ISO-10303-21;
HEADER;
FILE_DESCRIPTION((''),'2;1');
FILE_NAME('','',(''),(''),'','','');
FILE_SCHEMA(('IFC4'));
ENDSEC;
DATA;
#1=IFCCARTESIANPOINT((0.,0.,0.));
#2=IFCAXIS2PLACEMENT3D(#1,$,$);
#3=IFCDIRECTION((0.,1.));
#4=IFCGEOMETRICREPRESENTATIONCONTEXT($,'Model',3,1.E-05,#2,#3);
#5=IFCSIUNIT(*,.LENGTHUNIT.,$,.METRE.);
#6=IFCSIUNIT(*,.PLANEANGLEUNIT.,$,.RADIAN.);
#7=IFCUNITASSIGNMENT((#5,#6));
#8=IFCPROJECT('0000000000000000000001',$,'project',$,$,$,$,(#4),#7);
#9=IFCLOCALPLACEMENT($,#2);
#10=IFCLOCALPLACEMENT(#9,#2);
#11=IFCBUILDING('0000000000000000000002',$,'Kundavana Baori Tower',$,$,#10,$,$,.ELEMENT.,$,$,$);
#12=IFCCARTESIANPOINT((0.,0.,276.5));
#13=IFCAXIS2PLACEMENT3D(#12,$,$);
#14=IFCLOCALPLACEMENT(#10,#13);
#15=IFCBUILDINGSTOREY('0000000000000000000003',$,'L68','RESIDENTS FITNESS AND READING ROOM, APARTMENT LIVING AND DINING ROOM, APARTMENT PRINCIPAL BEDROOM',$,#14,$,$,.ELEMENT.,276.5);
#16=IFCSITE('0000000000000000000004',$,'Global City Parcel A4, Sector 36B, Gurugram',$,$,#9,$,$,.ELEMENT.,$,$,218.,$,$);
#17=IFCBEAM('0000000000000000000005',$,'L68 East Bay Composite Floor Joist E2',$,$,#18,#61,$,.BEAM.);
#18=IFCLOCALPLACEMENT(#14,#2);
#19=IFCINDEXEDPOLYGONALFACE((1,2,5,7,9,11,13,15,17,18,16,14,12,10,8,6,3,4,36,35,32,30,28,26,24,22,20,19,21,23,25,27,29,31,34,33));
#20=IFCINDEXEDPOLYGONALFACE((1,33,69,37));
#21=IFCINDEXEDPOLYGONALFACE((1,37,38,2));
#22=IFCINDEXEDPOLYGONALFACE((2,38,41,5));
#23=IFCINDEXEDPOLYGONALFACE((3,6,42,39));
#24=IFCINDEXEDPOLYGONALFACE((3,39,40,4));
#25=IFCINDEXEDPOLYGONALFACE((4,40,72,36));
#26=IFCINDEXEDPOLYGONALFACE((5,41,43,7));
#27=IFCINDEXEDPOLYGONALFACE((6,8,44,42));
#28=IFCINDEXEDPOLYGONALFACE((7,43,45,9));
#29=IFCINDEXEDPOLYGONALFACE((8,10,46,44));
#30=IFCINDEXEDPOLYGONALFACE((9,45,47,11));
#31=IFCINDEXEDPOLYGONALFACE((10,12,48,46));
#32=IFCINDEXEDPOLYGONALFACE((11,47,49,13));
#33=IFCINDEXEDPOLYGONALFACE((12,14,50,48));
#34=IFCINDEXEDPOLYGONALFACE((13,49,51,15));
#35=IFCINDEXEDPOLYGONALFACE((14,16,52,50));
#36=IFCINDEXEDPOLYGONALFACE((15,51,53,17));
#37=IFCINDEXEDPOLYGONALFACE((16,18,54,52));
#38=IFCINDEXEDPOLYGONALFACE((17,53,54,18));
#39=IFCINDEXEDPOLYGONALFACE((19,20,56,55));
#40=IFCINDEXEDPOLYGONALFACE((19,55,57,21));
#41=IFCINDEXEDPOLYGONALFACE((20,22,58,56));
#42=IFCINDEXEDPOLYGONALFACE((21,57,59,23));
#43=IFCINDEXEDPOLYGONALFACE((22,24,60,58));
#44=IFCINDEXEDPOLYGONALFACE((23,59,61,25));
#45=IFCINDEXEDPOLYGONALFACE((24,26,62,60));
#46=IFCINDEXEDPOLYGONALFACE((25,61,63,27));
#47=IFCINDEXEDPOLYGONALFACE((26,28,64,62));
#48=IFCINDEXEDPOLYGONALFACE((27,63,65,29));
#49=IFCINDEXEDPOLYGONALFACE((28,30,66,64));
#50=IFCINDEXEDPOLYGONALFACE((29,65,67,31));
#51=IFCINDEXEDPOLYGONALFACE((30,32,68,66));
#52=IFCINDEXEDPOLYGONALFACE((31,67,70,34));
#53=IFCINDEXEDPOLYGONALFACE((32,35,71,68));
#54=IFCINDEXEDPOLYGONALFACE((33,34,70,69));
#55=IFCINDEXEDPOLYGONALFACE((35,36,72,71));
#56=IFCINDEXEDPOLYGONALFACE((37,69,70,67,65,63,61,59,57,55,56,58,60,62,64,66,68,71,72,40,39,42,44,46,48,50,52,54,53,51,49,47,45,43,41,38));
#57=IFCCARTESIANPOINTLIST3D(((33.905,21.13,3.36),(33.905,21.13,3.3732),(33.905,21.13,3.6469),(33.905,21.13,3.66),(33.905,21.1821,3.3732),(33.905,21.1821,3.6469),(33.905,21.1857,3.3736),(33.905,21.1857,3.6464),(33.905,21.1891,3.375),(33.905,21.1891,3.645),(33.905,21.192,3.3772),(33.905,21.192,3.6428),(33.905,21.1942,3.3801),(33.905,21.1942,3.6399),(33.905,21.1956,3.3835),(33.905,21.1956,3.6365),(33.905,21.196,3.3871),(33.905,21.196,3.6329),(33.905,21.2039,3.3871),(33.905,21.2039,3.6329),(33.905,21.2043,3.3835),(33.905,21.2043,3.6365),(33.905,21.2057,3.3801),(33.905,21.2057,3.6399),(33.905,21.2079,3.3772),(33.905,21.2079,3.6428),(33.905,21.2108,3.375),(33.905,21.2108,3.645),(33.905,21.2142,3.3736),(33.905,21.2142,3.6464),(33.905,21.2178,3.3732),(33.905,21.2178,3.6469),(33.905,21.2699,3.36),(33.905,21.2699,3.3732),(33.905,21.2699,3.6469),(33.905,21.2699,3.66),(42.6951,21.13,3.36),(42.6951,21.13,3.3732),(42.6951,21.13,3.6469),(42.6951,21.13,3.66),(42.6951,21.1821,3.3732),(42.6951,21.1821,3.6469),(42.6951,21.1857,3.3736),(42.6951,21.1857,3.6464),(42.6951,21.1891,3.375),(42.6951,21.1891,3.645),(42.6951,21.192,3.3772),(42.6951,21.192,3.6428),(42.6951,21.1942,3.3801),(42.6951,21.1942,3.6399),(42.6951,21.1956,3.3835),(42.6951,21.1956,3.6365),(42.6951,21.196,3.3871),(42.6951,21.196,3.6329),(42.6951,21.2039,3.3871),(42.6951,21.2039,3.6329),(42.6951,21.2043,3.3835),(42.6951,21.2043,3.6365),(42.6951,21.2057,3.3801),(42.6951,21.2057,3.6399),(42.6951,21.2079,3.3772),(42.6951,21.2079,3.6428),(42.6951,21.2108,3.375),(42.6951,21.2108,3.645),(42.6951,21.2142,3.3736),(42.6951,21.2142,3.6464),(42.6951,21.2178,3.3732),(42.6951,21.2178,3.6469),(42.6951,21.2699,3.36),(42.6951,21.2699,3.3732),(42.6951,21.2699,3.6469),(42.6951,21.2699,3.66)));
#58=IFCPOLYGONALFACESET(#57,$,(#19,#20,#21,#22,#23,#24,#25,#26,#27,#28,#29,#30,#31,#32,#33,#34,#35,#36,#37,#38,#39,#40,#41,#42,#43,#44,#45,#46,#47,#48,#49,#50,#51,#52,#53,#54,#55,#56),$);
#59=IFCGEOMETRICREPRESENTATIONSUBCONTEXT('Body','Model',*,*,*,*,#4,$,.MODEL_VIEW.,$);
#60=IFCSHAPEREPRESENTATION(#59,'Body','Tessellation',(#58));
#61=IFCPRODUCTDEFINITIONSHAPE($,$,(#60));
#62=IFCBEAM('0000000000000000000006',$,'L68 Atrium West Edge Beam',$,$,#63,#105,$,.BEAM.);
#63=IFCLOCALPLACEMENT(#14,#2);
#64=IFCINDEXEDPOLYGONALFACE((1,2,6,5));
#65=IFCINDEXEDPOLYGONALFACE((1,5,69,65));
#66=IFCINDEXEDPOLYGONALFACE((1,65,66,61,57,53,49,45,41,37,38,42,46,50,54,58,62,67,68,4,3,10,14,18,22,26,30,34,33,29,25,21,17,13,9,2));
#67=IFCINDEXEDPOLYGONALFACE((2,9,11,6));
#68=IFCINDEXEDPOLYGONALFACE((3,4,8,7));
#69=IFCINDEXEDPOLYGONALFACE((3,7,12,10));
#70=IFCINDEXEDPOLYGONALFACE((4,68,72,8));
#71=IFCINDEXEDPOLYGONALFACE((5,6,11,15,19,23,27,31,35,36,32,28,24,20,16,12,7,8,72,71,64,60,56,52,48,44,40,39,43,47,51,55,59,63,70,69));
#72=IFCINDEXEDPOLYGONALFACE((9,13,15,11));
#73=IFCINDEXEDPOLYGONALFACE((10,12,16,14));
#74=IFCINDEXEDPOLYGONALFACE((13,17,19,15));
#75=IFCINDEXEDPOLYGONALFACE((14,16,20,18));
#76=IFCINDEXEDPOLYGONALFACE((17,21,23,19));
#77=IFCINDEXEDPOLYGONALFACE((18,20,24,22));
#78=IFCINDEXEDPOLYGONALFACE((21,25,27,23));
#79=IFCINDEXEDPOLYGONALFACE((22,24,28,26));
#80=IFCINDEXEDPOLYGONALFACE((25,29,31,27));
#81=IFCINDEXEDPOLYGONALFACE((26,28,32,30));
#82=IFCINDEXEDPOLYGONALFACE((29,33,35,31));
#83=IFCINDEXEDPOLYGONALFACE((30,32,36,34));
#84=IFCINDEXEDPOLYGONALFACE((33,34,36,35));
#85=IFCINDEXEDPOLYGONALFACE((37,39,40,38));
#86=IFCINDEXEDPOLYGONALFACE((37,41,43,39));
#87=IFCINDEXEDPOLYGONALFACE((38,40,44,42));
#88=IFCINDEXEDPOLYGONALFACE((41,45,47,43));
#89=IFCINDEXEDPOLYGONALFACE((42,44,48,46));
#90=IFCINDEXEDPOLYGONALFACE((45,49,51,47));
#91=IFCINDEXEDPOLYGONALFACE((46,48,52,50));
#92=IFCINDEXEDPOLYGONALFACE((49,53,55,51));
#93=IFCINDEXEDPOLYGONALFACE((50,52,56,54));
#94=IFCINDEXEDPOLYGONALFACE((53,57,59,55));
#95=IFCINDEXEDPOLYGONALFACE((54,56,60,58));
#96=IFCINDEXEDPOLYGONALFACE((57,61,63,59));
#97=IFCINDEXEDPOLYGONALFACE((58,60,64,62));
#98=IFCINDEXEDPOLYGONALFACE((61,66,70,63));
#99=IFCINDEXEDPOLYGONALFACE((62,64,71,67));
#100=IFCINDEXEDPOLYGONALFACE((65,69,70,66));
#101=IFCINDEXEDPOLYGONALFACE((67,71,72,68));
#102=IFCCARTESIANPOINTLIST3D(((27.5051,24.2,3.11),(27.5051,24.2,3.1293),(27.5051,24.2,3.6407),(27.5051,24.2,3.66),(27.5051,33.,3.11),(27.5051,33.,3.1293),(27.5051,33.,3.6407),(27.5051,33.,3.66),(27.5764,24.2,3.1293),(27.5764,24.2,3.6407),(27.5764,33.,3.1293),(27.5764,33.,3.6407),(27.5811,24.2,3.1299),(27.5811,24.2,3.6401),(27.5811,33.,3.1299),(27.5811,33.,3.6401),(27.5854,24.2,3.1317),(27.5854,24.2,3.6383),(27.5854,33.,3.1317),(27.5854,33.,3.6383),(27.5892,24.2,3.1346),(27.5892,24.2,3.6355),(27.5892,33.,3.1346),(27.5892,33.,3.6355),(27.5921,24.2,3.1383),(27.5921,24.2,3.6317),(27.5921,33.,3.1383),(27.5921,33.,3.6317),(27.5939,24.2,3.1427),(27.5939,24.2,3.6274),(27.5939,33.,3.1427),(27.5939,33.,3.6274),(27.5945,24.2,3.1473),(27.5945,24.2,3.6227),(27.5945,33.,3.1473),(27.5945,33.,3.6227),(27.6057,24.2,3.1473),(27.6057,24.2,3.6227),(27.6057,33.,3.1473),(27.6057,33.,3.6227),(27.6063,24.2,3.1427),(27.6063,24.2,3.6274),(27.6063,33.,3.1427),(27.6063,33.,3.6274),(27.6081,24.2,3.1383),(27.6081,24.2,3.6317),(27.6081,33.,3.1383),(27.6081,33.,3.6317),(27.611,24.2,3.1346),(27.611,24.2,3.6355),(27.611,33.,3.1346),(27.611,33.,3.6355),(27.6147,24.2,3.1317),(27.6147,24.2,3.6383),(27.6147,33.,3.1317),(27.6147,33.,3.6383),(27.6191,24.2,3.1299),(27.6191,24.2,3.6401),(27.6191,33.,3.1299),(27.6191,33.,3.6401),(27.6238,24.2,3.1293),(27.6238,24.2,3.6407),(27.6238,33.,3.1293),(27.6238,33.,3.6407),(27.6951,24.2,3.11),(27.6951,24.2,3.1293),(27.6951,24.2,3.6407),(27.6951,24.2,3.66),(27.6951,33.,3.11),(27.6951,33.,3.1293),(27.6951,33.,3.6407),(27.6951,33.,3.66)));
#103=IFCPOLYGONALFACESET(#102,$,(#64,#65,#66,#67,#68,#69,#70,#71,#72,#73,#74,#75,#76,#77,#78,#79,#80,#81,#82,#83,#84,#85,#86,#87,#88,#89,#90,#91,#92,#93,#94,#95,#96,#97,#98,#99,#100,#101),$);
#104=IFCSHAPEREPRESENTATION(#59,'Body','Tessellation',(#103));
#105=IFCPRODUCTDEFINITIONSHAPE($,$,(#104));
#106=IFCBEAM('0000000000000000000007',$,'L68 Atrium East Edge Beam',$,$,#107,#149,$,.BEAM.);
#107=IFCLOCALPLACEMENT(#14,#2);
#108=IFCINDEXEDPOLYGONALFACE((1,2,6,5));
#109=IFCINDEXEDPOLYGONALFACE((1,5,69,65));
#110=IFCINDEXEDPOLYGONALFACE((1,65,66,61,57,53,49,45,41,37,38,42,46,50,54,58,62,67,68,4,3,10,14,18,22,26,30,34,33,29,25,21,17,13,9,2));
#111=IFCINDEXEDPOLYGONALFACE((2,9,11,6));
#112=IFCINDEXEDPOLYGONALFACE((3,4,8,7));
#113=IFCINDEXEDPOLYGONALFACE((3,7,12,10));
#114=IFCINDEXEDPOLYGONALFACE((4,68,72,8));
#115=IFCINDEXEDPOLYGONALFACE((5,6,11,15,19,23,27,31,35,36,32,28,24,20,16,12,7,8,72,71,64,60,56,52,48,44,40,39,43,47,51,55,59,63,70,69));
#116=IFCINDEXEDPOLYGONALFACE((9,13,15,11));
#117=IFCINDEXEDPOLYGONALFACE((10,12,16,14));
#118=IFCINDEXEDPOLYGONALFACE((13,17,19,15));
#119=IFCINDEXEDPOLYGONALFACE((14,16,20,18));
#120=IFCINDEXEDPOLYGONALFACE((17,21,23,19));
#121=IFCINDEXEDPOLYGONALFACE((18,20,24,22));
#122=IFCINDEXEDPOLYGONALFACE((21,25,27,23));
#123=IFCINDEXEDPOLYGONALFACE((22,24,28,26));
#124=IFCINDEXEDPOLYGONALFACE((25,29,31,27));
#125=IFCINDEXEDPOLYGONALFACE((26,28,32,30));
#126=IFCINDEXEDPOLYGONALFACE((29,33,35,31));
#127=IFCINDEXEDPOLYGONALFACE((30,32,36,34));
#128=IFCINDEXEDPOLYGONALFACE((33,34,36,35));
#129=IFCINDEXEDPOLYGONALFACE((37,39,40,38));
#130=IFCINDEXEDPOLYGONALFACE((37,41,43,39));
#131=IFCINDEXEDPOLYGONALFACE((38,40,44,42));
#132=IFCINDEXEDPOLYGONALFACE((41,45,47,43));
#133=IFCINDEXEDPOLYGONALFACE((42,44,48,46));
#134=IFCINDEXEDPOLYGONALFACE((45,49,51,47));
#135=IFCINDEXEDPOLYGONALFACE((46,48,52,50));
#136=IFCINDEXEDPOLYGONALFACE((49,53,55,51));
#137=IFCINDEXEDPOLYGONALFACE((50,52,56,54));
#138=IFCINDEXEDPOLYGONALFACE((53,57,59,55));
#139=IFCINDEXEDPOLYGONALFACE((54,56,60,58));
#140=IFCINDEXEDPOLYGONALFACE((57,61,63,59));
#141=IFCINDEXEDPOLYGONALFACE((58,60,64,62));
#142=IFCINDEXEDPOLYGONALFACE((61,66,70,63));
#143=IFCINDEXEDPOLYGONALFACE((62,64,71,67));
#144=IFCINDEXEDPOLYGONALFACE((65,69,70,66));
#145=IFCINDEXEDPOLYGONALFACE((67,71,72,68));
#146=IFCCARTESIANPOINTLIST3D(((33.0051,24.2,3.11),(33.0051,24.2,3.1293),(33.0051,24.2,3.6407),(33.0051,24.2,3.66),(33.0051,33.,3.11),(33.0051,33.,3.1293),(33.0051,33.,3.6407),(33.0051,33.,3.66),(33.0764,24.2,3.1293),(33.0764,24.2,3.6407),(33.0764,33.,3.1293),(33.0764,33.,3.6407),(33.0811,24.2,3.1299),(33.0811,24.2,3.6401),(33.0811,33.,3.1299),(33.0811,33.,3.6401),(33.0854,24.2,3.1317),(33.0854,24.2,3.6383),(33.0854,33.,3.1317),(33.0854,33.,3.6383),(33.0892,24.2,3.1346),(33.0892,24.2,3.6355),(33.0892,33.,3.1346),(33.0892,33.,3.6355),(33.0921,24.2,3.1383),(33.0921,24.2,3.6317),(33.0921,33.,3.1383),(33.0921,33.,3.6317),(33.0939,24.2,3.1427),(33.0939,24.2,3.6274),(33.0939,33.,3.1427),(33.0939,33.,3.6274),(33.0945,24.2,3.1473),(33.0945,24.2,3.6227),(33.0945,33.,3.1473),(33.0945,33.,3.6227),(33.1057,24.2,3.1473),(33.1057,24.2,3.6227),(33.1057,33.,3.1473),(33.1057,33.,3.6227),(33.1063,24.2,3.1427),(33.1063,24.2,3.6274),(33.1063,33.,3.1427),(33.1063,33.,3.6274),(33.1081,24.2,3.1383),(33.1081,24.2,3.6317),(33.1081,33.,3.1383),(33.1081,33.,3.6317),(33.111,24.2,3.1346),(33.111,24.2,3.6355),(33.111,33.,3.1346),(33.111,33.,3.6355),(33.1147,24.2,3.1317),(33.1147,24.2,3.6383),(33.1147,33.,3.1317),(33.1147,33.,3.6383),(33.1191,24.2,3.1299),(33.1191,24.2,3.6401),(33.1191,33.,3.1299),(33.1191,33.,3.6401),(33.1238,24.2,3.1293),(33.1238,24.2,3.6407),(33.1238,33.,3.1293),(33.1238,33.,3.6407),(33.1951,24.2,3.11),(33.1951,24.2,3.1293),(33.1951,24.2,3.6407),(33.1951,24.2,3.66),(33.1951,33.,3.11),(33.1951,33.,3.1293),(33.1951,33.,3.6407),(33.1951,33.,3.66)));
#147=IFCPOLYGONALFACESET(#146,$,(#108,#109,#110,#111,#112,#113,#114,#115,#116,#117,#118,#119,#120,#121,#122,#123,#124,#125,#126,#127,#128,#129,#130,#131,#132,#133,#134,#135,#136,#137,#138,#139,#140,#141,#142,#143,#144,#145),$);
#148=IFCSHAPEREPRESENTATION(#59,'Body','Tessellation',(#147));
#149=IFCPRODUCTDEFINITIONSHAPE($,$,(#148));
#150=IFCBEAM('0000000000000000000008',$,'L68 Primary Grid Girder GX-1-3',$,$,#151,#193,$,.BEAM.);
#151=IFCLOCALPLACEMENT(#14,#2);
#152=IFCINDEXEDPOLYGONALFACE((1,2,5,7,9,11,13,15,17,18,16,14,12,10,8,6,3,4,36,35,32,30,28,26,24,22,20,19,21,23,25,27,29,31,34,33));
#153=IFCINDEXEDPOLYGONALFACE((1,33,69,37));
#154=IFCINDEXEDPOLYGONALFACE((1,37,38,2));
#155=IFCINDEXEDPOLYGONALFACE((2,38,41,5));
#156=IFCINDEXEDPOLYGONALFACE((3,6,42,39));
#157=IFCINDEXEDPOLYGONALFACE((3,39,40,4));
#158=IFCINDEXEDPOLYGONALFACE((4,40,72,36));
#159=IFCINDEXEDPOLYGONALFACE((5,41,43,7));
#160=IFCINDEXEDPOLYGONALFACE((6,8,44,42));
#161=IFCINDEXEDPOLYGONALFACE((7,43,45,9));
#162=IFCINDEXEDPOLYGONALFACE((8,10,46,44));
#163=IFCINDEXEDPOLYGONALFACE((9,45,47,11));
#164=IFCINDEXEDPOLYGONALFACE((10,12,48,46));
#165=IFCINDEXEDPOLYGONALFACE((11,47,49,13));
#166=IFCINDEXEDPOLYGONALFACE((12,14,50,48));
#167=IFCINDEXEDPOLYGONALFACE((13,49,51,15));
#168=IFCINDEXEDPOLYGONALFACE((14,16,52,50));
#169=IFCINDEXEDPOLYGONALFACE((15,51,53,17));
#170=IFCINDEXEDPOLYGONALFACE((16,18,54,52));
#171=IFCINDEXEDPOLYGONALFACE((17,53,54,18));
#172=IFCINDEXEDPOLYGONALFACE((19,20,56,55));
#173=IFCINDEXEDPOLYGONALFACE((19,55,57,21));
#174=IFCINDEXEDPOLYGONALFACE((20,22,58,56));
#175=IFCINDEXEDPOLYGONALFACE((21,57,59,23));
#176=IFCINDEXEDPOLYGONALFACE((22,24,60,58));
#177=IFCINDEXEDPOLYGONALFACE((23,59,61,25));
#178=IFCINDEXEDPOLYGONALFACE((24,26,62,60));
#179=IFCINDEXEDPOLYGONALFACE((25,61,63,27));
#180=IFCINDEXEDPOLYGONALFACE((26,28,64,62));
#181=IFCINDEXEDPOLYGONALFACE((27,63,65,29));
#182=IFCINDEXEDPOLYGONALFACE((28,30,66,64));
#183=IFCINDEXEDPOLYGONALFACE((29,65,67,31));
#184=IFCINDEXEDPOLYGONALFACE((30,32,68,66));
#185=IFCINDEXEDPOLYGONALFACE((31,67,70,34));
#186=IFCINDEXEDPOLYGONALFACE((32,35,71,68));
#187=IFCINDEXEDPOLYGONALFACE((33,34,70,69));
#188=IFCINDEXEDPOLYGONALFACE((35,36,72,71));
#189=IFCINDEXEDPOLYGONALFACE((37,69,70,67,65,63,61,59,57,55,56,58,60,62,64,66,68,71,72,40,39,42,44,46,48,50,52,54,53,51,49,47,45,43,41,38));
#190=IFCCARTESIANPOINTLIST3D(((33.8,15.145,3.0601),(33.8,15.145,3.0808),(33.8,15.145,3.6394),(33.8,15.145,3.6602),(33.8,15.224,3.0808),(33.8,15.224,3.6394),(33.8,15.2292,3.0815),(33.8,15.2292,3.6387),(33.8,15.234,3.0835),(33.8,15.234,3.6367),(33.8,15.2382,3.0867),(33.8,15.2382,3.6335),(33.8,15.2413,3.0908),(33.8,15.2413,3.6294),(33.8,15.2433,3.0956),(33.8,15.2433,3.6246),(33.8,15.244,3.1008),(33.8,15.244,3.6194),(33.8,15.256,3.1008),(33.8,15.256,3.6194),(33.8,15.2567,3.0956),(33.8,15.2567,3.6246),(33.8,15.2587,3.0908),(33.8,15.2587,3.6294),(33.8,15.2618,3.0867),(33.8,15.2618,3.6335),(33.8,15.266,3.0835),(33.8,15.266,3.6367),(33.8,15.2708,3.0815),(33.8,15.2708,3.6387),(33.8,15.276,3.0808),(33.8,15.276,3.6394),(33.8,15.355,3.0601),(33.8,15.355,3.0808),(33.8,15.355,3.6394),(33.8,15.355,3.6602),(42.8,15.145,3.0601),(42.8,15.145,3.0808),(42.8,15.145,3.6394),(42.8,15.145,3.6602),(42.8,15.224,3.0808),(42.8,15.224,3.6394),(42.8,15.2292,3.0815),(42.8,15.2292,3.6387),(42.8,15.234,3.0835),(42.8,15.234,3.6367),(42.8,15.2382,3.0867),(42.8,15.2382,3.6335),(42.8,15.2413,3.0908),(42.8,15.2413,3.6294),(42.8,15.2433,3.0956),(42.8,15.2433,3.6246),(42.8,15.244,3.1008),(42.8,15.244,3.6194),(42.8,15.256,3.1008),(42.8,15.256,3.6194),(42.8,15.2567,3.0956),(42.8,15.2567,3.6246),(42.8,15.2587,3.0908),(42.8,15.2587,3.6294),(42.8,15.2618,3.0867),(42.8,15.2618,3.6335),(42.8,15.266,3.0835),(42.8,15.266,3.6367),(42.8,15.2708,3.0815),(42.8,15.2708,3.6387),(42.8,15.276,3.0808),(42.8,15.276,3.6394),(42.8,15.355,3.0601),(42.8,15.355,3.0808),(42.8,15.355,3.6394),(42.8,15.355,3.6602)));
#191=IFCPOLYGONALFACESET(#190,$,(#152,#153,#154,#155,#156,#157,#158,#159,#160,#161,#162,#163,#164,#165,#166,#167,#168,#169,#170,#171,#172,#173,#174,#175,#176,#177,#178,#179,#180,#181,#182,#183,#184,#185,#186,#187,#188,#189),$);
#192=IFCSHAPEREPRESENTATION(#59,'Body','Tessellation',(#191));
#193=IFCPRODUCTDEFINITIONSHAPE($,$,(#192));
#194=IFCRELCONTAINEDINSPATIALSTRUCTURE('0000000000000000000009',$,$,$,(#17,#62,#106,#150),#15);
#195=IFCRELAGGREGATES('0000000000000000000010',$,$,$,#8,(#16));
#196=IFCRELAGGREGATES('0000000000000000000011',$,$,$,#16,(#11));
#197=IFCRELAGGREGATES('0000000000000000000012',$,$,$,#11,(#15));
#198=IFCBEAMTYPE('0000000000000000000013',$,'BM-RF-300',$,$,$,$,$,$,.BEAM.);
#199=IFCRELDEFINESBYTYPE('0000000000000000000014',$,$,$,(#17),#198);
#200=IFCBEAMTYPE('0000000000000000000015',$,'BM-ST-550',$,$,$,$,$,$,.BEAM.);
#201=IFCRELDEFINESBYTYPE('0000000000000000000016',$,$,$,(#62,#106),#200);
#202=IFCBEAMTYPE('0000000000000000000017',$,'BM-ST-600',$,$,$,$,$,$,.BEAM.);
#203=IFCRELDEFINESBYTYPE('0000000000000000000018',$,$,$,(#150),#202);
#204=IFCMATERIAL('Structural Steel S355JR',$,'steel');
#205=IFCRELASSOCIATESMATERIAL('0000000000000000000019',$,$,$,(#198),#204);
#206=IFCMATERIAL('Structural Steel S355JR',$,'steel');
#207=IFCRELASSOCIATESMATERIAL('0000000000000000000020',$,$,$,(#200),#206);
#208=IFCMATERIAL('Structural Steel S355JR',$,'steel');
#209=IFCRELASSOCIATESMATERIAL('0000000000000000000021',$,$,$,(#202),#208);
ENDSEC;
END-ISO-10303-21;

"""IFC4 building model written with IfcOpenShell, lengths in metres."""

from ifc_helpers import new_model, si_unit, direction, frame, origin, origin_2d, place, context, subcontext, project, spatial, i_section, extrude, material, material_profile, profile_set, type_object, element, save


model = new_model("IFC4")

# Units and contexts
model_context = context("Model", 3, precision=1e-05, world=origin(), true_north=direction((0.0, 1.0)))
body_context = subcontext(model_context, "Body", "Model", "MODEL_VIEW")
ifc_project = project(units=[si_unit("LENGTHUNIT", "METRE"), si_unit("PLANEANGLEUNIT", "RADIAN")], contexts=[model_context])

# Site, building, storey
site_placement = place(None, origin())
site = spatial("IfcSite", under=ifc_project, at=site_placement, Name="Global City Parcel A4, Sector 36B, Gurugram", CompositionType="ELEMENT", RefElevation=218.0)
building_placement = place(site_placement, origin())
building = spatial("IfcBuilding", under=site, at=building_placement, Name="Kundavana Baori Tower", CompositionType="ELEMENT")
storey_placement = place(building_placement, frame((0.0, 0.0, 276.5)))
storey = spatial("IfcBuildingStorey", under=building, at=storey_placement, Name="L68", Description="RESIDENTS FITNESS AND READING ROOM, APARTMENT LIVING AND DINING ROOM, APARTMENT PRINCIPAL BEDROOM", CompositionType="ELEMENT", Elevation=276.5)

# Beams
ifc_material_1 = material(Name="Structural Steel S355JR", Category="steel")
ifc_material_profile_1 = material_profile(ifc_material_1, i_section(OverallWidth=0.1399, OverallDepth=0.3, WebThickness=0.0078, FlangeThickness=0.0132, FilletRadius=0.0139, at=origin_2d()), Name="ISMB 300")
ifc_profile_set_1 = profile_set([ifc_material_profile_1], Name="Structural Steel S355JR")
beam_type_1 = type_object("IfcBeamType", Name="BM-RF-300", PredefinedType="BEAM", material=ifc_profile_set_1)
for number, where, z_axis, x_axis, name in (
    (1, (33.905, 21.2, 3.51), (1.0, 0.0, 0.0), (0.0, 1.0, 0.0), "L68 East Bay Composite Floor Joist E2"),
):
    element("IfcBeam", number, at=place(storey_placement, frame(where, z_axis=z_axis, x_axis=x_axis)), inside=storey, type_object=beam_type_1, Name=name, PredefinedType="BEAM", context=body_context, shape_type="SweptSolid", body=[
        extrude(i_section(OverallWidth=0.1399, OverallDepth=0.3, WebThickness=0.0078, FlangeThickness=0.0132, FilletRadius=0.0139, at=origin_2d()), origin(), (0.0, 0.0, 1.0), 8.79),
    ])
ifc_material_2 = material(Name="Structural Steel S355JR", Category="steel")
ifc_material_profile_2 = material_profile(ifc_material_2, i_section(OverallWidth=0.1899, OverallDepth=0.55, WebThickness=0.0112, FlangeThickness=0.0193, FilletRadius=0.0181, at=origin_2d()), Name="ISMB 550")
ifc_profile_set_2 = profile_set([ifc_material_profile_2], Name="Structural Steel S355JR")
beam_type_2 = type_object("IfcBeamType", Name="BM-ST-550", PredefinedType="BEAM", material=ifc_profile_set_2)
for number, where, z_axis, x_axis, name in (
    (2, (27.6001, 24.2, 3.385), (0.0, 1.0, 0.0), (-1.0, 0.0, 0.0), "L68 Atrium West Edge Beam"),
    (3, (33.1001, 24.2, 3.385), (0.0, 1.0, 0.0), (-1.0, 0.0, 0.0), "L68 Atrium East Edge Beam"),
):
    element("IfcBeam", number, at=place(storey_placement, frame(where, z_axis=z_axis, x_axis=x_axis)), inside=storey, type_object=beam_type_2, Name=name, PredefinedType="BEAM", context=body_context, shape_type="SweptSolid", body=[
        extrude(i_section(OverallWidth=0.1899, OverallDepth=0.55, WebThickness=0.0112, FlangeThickness=0.0193, FilletRadius=0.0181, at=origin_2d()), origin(), (0.0, 0.0, 1.0), 8.8),
    ])
ifc_material_3 = material(Name="Structural Steel S355JR", Category="steel")
ifc_material_profile_3 = material_profile(ifc_material_3, i_section(OverallWidth=0.21, OverallDepth=0.6001, WebThickness=0.012, FlangeThickness=0.0208, FilletRadius=0.02, at=origin_2d()), Name="ISMB 600")
ifc_profile_set_3 = profile_set([ifc_material_profile_3], Name="Structural Steel S355JR")
beam_type_3 = type_object("IfcBeamType", Name="BM-ST-600", PredefinedType="BEAM", material=ifc_profile_set_3)
for number, where, z_axis, x_axis, name in (
    (4, (33.8, 15.25, 3.3601), (1.0, 0.0, 0.0), (0.0, 1.0, 0.0), "L68 Primary Grid Girder GX-1-3"),
):
    element("IfcBeam", number, at=place(storey_placement, frame(where, z_axis=z_axis, x_axis=x_axis)), inside=storey, type_object=beam_type_3, Name=name, PredefinedType="BEAM", context=body_context, shape_type="SweptSolid", body=[
        extrude(i_section(OverallWidth=0.21, OverallDepth=0.6001, WebThickness=0.012, FlangeThickness=0.0208, FilletRadius=0.02, at=origin_2d()), origin(), (0.0, 0.0, 1.0), 9.0),
    ])

save(model, "model.ifc")
